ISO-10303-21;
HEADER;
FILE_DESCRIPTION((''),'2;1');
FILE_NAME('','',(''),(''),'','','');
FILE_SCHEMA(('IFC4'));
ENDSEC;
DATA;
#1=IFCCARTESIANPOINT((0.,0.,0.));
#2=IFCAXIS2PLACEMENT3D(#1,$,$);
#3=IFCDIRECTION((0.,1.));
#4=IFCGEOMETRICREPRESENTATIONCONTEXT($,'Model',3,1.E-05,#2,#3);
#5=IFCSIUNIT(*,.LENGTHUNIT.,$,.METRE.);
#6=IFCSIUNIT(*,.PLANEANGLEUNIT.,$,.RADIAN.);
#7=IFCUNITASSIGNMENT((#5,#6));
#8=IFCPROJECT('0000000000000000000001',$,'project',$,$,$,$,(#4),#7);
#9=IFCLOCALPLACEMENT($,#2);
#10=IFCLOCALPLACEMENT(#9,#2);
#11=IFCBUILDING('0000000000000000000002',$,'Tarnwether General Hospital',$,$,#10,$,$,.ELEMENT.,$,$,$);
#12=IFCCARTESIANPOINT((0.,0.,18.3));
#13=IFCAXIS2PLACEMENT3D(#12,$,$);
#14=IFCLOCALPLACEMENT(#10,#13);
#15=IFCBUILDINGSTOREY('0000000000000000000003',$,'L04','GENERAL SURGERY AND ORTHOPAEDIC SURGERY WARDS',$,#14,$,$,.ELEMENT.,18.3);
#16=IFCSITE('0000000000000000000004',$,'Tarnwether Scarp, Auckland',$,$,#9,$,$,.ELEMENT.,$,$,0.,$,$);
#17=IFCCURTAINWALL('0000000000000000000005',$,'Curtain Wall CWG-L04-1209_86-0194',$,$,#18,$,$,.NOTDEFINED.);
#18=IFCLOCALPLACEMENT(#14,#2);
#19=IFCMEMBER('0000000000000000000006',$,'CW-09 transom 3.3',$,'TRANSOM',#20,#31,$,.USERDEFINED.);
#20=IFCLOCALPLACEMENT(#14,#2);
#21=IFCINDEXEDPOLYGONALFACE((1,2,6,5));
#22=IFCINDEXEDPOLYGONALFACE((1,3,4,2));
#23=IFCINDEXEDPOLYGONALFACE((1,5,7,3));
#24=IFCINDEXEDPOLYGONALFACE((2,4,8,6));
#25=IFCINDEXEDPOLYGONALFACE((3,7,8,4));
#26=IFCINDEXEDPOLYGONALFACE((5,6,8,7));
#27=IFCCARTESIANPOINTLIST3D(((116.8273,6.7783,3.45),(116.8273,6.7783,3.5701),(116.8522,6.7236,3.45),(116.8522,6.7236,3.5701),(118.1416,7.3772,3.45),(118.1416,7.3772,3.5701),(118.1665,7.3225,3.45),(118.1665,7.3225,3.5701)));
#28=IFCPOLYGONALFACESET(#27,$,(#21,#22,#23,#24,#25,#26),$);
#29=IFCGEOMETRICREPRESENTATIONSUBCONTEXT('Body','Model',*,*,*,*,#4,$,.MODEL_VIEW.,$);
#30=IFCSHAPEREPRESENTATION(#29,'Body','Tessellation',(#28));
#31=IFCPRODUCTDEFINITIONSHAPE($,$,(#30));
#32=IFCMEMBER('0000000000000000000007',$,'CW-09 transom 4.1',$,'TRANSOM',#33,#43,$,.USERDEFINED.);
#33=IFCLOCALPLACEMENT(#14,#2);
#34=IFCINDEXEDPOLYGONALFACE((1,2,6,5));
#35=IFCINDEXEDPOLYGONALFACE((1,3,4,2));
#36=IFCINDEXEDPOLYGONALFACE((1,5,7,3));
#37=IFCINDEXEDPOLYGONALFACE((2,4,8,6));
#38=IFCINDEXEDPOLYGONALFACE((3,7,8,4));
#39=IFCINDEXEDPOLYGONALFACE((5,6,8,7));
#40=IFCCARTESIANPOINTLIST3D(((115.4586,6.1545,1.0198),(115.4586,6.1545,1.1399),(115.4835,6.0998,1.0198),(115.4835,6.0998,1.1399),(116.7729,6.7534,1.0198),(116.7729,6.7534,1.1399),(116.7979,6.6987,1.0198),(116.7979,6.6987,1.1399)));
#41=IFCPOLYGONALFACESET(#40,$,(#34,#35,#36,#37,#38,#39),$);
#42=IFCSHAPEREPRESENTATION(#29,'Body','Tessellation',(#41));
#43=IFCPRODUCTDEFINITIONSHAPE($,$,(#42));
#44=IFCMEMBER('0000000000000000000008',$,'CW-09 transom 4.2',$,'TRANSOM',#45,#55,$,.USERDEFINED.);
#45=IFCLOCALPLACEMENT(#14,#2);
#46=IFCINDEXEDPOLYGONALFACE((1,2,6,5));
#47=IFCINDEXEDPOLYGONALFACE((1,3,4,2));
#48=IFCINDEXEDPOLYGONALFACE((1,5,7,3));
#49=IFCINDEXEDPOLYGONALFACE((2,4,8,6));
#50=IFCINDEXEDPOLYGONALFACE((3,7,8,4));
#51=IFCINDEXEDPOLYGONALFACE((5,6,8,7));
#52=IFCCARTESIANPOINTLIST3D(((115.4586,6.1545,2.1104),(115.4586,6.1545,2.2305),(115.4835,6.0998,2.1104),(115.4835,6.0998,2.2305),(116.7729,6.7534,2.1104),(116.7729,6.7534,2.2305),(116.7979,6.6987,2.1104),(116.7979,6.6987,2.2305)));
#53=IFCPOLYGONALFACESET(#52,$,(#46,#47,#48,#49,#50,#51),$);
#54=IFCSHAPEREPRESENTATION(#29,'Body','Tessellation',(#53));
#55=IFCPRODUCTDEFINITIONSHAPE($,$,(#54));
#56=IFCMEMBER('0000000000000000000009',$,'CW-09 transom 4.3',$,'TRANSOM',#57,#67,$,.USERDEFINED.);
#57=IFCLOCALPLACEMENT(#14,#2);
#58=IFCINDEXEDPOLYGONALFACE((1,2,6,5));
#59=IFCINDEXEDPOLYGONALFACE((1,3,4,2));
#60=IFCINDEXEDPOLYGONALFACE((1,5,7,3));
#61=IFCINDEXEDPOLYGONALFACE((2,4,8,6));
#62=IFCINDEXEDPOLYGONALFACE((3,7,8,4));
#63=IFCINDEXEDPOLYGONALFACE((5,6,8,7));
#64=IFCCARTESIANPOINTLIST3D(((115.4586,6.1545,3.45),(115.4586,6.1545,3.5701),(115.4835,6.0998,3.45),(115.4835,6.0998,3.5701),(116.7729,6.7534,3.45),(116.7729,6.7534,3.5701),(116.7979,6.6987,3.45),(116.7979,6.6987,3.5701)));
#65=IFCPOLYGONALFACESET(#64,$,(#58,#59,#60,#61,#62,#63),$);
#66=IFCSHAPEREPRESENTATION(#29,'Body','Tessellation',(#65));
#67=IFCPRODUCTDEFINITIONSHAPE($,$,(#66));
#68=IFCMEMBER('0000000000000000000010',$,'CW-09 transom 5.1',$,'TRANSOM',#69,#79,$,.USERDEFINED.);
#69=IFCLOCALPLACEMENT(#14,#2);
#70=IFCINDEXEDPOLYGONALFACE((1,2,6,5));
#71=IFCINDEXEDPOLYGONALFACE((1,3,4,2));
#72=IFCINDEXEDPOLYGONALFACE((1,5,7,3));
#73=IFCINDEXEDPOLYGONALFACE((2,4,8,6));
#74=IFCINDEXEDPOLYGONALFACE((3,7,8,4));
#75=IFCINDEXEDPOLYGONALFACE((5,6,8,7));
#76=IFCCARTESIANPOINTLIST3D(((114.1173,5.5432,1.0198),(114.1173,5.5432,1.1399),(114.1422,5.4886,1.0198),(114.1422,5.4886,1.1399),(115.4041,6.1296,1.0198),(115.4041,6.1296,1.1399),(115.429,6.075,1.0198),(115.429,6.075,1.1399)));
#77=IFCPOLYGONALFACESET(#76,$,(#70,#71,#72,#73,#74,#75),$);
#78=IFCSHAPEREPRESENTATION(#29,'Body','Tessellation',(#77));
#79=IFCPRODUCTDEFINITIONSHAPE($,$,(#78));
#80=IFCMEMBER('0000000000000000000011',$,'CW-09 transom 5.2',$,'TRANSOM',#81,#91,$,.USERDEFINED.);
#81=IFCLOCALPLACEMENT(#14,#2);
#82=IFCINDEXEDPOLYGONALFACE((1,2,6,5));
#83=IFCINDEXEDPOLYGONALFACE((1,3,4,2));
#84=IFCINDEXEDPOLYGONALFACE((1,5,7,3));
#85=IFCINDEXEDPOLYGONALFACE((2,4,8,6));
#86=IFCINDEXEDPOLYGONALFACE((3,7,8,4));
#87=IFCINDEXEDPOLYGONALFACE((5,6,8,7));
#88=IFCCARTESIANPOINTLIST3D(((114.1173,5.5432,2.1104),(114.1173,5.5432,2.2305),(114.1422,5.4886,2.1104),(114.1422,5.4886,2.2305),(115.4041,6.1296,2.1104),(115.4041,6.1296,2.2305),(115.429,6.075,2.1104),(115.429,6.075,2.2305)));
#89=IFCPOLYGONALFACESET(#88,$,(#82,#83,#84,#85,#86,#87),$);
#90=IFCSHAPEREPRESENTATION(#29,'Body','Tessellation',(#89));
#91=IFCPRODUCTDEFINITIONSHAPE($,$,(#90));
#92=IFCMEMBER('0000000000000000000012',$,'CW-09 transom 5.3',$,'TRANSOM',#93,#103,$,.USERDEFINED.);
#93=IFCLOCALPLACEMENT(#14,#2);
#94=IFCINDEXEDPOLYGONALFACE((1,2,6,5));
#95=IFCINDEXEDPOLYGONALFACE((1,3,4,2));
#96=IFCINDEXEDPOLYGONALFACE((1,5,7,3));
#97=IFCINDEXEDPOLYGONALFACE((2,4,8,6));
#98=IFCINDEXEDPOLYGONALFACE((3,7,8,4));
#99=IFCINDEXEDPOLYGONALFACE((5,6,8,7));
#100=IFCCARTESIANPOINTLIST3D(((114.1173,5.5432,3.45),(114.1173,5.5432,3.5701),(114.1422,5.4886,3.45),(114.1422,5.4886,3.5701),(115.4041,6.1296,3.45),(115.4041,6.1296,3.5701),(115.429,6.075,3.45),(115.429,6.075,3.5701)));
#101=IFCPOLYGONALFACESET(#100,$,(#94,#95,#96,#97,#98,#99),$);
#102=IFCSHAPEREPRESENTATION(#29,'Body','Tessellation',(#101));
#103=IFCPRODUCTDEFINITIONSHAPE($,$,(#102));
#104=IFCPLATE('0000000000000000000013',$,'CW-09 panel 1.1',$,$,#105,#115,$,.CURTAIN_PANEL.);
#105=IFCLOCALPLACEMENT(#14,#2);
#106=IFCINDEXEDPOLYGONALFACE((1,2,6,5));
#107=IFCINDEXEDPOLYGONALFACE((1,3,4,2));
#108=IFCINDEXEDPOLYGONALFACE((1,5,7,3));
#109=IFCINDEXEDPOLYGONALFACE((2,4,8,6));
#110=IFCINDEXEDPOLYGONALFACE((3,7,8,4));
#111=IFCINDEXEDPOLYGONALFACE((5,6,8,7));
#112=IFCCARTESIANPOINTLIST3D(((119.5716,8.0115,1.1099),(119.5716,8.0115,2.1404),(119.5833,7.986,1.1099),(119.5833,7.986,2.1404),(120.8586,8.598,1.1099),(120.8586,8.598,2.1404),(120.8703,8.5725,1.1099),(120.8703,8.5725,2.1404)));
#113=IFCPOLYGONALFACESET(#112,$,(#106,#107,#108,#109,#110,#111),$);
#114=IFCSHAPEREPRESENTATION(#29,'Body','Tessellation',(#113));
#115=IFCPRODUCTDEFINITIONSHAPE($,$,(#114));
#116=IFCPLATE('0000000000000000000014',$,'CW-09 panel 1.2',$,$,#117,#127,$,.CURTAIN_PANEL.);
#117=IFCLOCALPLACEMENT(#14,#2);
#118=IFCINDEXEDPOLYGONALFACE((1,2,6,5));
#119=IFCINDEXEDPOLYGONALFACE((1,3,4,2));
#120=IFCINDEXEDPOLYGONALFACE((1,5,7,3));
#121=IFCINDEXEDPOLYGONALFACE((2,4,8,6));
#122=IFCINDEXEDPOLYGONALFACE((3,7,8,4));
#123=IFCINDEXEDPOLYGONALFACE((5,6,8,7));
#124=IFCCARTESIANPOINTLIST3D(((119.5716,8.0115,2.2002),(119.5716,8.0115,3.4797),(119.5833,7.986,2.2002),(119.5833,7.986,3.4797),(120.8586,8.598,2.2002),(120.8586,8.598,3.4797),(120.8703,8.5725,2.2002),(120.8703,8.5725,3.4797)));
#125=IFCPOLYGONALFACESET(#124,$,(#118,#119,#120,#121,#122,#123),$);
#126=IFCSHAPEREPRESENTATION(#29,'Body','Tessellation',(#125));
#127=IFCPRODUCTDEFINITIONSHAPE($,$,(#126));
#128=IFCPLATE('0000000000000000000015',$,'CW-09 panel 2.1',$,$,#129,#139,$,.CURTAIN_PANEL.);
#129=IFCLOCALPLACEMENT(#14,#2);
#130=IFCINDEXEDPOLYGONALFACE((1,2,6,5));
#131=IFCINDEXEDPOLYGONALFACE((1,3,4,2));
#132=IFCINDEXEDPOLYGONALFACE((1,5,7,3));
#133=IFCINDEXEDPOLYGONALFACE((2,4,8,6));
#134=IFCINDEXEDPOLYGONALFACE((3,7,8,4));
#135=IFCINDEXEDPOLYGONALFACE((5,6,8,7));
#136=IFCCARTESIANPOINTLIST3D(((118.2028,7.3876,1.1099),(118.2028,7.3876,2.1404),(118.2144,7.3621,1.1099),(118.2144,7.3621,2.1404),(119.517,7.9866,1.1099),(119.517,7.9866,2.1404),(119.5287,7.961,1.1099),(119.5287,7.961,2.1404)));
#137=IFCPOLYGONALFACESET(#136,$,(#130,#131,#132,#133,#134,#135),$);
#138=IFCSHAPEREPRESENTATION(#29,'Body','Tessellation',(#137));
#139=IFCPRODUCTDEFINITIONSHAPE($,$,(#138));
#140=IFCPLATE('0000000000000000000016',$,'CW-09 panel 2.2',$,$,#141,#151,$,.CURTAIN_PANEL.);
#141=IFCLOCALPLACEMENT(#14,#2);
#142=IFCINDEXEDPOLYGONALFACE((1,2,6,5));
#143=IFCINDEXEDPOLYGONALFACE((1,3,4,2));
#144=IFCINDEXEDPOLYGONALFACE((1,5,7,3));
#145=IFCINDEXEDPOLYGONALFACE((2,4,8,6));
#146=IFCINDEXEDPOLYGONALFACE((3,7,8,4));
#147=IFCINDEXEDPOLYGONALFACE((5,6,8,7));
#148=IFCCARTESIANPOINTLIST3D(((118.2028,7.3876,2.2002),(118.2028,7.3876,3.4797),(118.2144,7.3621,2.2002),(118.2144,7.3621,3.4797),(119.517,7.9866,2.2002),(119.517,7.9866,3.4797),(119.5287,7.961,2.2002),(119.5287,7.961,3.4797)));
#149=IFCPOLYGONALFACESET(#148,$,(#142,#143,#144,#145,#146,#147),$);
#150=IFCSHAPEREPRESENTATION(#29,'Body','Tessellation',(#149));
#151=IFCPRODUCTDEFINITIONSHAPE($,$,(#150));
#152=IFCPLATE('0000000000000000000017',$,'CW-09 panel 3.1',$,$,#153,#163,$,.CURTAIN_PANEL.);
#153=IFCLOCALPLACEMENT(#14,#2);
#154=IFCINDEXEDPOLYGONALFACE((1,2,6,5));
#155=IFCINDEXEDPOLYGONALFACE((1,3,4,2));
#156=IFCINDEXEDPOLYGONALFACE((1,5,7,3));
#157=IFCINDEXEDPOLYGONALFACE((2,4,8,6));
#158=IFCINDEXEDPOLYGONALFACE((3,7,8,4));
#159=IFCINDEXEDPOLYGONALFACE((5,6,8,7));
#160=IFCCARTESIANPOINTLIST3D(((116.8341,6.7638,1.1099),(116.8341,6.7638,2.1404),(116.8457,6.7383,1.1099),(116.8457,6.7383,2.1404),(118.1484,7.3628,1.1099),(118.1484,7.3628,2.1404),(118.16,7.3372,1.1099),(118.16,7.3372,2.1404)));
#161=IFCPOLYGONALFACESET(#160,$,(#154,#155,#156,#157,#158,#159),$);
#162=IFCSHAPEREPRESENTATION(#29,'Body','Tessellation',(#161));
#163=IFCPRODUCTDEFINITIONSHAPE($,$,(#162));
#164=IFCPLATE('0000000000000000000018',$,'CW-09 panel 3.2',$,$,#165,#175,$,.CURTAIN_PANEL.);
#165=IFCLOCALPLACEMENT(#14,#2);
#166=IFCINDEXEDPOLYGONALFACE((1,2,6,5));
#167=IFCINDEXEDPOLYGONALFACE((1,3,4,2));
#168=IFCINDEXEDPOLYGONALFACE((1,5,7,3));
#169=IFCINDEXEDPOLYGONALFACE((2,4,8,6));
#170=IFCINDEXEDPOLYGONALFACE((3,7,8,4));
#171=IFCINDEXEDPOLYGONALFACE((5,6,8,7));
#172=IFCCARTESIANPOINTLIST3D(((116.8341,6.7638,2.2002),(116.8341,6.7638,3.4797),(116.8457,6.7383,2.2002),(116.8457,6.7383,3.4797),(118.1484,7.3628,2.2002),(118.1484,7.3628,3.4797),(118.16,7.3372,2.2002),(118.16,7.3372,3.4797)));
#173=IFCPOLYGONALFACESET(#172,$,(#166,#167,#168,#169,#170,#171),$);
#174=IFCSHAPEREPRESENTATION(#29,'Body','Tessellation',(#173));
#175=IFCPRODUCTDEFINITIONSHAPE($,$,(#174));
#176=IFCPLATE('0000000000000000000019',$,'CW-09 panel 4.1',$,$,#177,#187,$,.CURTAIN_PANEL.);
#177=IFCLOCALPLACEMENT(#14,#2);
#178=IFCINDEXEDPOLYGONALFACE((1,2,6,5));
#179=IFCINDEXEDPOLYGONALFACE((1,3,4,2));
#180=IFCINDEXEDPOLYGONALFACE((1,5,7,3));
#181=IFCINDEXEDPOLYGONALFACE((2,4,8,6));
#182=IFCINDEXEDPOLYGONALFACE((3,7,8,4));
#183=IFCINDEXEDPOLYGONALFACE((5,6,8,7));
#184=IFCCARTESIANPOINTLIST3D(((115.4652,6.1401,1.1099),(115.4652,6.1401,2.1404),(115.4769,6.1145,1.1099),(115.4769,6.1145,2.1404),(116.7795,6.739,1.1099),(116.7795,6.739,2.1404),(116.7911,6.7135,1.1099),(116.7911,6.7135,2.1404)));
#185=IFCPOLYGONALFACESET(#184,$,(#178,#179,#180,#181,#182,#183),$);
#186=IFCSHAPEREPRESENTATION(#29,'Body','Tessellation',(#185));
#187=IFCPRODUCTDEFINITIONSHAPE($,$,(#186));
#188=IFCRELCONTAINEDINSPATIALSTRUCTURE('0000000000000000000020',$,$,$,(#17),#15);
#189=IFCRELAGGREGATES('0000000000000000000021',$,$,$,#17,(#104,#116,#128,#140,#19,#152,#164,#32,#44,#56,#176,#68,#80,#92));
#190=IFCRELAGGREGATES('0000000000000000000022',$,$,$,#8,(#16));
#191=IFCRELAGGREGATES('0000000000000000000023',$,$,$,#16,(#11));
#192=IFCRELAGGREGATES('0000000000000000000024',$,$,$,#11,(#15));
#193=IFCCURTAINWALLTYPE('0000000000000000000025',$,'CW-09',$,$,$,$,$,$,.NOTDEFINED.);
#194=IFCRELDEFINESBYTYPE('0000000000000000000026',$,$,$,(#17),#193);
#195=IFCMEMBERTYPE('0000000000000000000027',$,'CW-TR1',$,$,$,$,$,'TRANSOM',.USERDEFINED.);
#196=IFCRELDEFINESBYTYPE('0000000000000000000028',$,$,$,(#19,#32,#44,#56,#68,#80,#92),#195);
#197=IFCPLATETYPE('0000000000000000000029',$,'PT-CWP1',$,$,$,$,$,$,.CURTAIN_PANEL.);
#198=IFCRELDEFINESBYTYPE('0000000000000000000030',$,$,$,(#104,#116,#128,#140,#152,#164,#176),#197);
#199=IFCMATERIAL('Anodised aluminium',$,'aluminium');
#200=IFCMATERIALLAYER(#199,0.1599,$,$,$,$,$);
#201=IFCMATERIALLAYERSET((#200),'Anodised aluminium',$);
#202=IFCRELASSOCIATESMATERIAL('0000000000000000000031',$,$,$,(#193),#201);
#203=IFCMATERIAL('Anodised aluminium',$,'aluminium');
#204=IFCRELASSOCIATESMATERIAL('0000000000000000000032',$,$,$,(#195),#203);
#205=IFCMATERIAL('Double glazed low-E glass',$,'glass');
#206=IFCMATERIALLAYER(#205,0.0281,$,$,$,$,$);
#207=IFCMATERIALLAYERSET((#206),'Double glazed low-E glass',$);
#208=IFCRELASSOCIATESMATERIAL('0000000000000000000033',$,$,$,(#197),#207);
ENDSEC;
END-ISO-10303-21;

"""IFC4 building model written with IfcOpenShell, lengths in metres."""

from ifc_helpers import new_model, si_unit, direction, frame, origin, origin_2d, place, context, subcontext, project, spatial, rectangle, extrude, material, layer, layer_set, material_profile, profile_set, type_object, element, aggregate, save


model = new_model("IFC4")

# Units and contexts
model_context = context("Model", 3, precision=1e-05, world=origin(), true_north=direction((0.0, 1.0)))
body_context = subcontext(model_context, "Body", "Model", "MODEL_VIEW")
ifc_project = project(units=[si_unit("LENGTHUNIT", "METRE"), si_unit("PLANEANGLEUNIT", "RADIAN")], contexts=[model_context])

# Site, building, storey
site_placement = place(None, origin())
site = spatial("IfcSite", under=ifc_project, at=site_placement, Name="Tarnwether Scarp, Auckland", CompositionType="ELEMENT", RefElevation=0.0)
building_placement = place(site_placement, origin())
building = spatial("IfcBuilding", under=site, at=building_placement, Name="Tarnwether General Hospital", CompositionType="ELEMENT")
storey_placement = place(building_placement, frame((0.0, 0.0, 18.3)))
storey = spatial("IfcBuildingStorey", under=building, at=storey_placement, Name="L04", Description="GENERAL SURGERY AND ORTHOPAEDIC SURGERY WARDS", CompositionType="ELEMENT", Elevation=18.3)

# Curtain wall, members, plates
ifc_material_1 = material(Name="Anodised aluminium", Category="aluminium")
ifc_layer_1 = layer(ifc_material_1, 0.1599)
ifc_layer_set_1 = layer_set([ifc_layer_1], Name="Anodised aluminium")
curtain_wall_type = type_object("IfcCurtainWallType", Name="CW-09", PredefinedType="NOTDEFINED", material=ifc_layer_set_1)
curtain_wall_placement = place(storey_placement, origin())
curtain_wall = element("IfcCurtainWall", 1, at=curtain_wall_placement, inside=storey, type_object=curtain_wall_type, Name="Curtain Wall CWG-L04-1209_86-0194", PredefinedType="NOTDEFINED")
ifc_material_2 = material(Name="Anodised aluminium", Category="aluminium")
ifc_material_profile_1 = material_profile(ifc_material_2, rectangle(XDim=0.0601, YDim=0.1201, at=origin_2d()), Name="ALU-TRN-60x120")
ifc_profile_set_1 = profile_set([ifc_material_profile_1], Name="Anodised aluminium")
member_type_1 = type_object("IfcMemberType", Name="CW-TR1", ElementType="TRANSOM", PredefinedType="USERDEFINED", material=ifc_profile_set_1)
member_1_placement = place(storey_placement, frame((118.1541, 7.3499, 3.51), z_axis=(-0.909972, -0.414669, 0.0), x_axis=(0.414669, -0.909972, 0.0)))
member_1 = element("IfcMember", 2, at=member_1_placement, type_object=member_type_1, Name="CW-09 transom 3.3", ObjectType="TRANSOM", PredefinedType="USERDEFINED", context=body_context, shape_type="SweptSolid", body=[
    extrude(rectangle(XDim=0.0601, YDim=0.1201, at=origin_2d()), origin(), (0.0, 0.0, 1.0), 1.4443),
])
member_2_placement = place(storey_placement, frame((116.7854, 6.7261, 1.0798), z_axis=(-0.909972, -0.414669, 0.0), x_axis=(0.414669, -0.909972, 0.0)))
member_2 = element("IfcMember", 3, at=member_2_placement, type_object=member_type_1, Name="CW-09 transom 4.1", ObjectType="TRANSOM", PredefinedType="USERDEFINED", context=body_context, shape_type="SweptSolid", body=[
    extrude(rectangle(XDim=0.0601, YDim=0.1201, at=origin_2d()), origin(), (0.0, 0.0, 1.0), 1.4443),
])
member_3_placement = place(storey_placement, frame((116.7854, 6.7261, 2.1704), z_axis=(-0.909972, -0.414669, 0.0), x_axis=(0.414669, -0.909972, 0.0)))
member_3 = element("IfcMember", 4, at=member_3_placement, type_object=member_type_1, Name="CW-09 transom 4.2", ObjectType="TRANSOM", PredefinedType="USERDEFINED", context=body_context, shape_type="SweptSolid", body=[
    extrude(rectangle(XDim=0.0601, YDim=0.1201, at=origin_2d()), origin(), (0.0, 0.0, 1.0), 1.4443),
])
member_4_placement = place(storey_placement, frame((116.7854, 6.7261, 3.51), z_axis=(-0.909972, -0.414669, 0.0), x_axis=(0.414669, -0.909972, 0.0)))
member_4 = element("IfcMember", 5, at=member_4_placement, type_object=member_type_1, Name="CW-09 transom 4.3", ObjectType="TRANSOM", PredefinedType="USERDEFINED", context=body_context, shape_type="SweptSolid", body=[
    extrude(rectangle(XDim=0.0601, YDim=0.1201, at=origin_2d()), origin(), (0.0, 0.0, 1.0), 1.4443),
])
member_5_placement = place(storey_placement, frame((115.4165, 6.1023, 1.0798), z_axis=(-0.90997, -0.414674, 0.0), x_axis=(0.414674, -0.90997, 0.0)))
member_5 = element("IfcMember", 6, at=member_5_placement, type_object=member_type_1, Name="CW-09 transom 5.1", ObjectType="TRANSOM", PredefinedType="USERDEFINED", context=body_context, shape_type="SweptSolid", body=[
    extrude(rectangle(XDim=0.0601, YDim=0.1201, at=origin_2d()), origin(), (0.0, 0.0, 1.0), 1.4141),
])
member_6_placement = place(storey_placement, frame((115.4165, 6.1023, 2.1704), z_axis=(-0.90997, -0.414674, 0.0), x_axis=(0.414674, -0.90997, 0.0)))
member_6 = element("IfcMember", 7, at=member_6_placement, type_object=member_type_1, Name="CW-09 transom 5.2", ObjectType="TRANSOM", PredefinedType="USERDEFINED", context=body_context, shape_type="SweptSolid", body=[
    extrude(rectangle(XDim=0.0601, YDim=0.1201, at=origin_2d()), origin(), (0.0, 0.0, 1.0), 1.4141),
])
member_7_placement = place(storey_placement, frame((115.4165, 6.1023, 3.51), z_axis=(-0.90997, -0.414674, 0.0), x_axis=(0.414674, -0.90997, 0.0)))
member_7 = element("IfcMember", 8, at=member_7_placement, type_object=member_type_1, Name="CW-09 transom 5.3", ObjectType="TRANSOM", PredefinedType="USERDEFINED", context=body_context, shape_type="SweptSolid", body=[
    extrude(rectangle(XDim=0.0601, YDim=0.1201, at=origin_2d()), origin(), (0.0, 0.0, 1.0), 1.4141),
])
ifc_material_3 = material(Name="Double glazed low-E glass", Category="glass")
ifc_layer_2 = layer(ifc_material_3, 0.0281)
ifc_layer_set_2 = layer_set([ifc_layer_2], Name="Double glazed low-E glass")
plate_type = type_object("IfcPlateType", Name="PT-CWP1", PredefinedType="CURTAIN_PANEL", material=ifc_layer_set_2)
plate_1_placement = place(storey_placement, frame((120.2209, 8.292, 1.1099), z_axis=(0.0, 0.0, 1.0), x_axis=(-0.909961, -0.414694, 0.0)))
plate_1 = element("IfcPlate", 9, at=plate_1_placement, type_object=plate_type, Name="CW-09 panel 1.1", PredefinedType="CURTAIN_PANEL", context=body_context, shape_type="SweptSolid", body=[
    extrude(rectangle(XDim=1.4143, YDim=0.0281, at=origin_2d()), origin(), (0.0, 0.0, 1.0), 1.0305),
])
plate_2_placement = place(storey_placement, frame((120.2209, 8.292, 2.2002), z_axis=(0.0, 0.0, 1.0), x_axis=(-0.909961, -0.414694, 0.0)))
plate_2 = element("IfcPlate", 10, at=plate_2_placement, type_object=plate_type, Name="CW-09 panel 1.2", PredefinedType="CURTAIN_PANEL", context=body_context, shape_type="SweptSolid", body=[
    extrude(rectangle(XDim=1.4143, YDim=0.0281, at=origin_2d()), origin(), (0.0, 0.0, 1.0), 1.2795),
])
plate_3_placement = place(storey_placement, frame((118.8657, 7.6743, 1.1099), z_axis=(0.0, 0.0, 1.0), x_axis=(-0.909961, -0.414694, 0.0)))
plate_3 = element("IfcPlate", 11, at=plate_3_placement, type_object=plate_type, Name="CW-09 panel 2.1", PredefinedType="CURTAIN_PANEL", context=body_context, shape_type="SweptSolid", body=[
    extrude(rectangle(XDim=1.4443, YDim=0.0281, at=origin_2d()), origin(), (0.0, 0.0, 1.0), 1.0305),
])
plate_4_placement = place(storey_placement, frame((118.8657, 7.6743, 2.2002), z_axis=(0.0, 0.0, 1.0), x_axis=(-0.909961, -0.414694, 0.0)))
plate_4 = element("IfcPlate", 12, at=plate_4_placement, type_object=plate_type, Name="CW-09 panel 2.2", PredefinedType="CURTAIN_PANEL", context=body_context, shape_type="SweptSolid", body=[
    extrude(rectangle(XDim=1.4443, YDim=0.0281, at=origin_2d()), origin(), (0.0, 0.0, 1.0), 1.2795),
])
plate_5_placement = place(storey_placement, frame((117.4971, 7.0505, 1.1099), z_axis=(0.0, 0.0, 1.0), x_axis=(-0.909961, -0.414694, 0.0)))
plate_5 = element("IfcPlate", 13, at=plate_5_placement, type_object=plate_type, Name="CW-09 panel 3.1", PredefinedType="CURTAIN_PANEL", context=body_context, shape_type="SweptSolid", body=[
    extrude(rectangle(XDim=1.4443, YDim=0.0281, at=origin_2d()), origin(), (0.0, 0.0, 1.0), 1.0305),
])
plate_6_placement = place(storey_placement, frame((117.4971, 7.0505, 2.2002), z_axis=(0.0, 0.0, 1.0), x_axis=(-0.909961, -0.414694, 0.0)))
plate_6 = element("IfcPlate", 14, at=plate_6_placement, type_object=plate_type, Name="CW-09 panel 3.2", PredefinedType="CURTAIN_PANEL", context=body_context, shape_type="SweptSolid", body=[
    extrude(rectangle(XDim=1.4443, YDim=0.0281, at=origin_2d()), origin(), (0.0, 0.0, 1.0), 1.2795),
])
plate_7_placement = place(storey_placement, frame((116.1282, 6.4268, 1.1099), z_axis=(0.0, 0.0, 1.0), x_axis=(-0.909961, -0.414694, 0.0)))
plate_7 = element("IfcPlate", 15, at=plate_7_placement, type_object=plate_type, Name="CW-09 panel 4.1", PredefinedType="CURTAIN_PANEL", context=body_context, shape_type="SweptSolid", body=[
    extrude(rectangle(XDim=1.4443, YDim=0.0281, at=origin_2d()), origin(), (0.0, 0.0, 1.0), 1.0305),
])
aggregate(curtain_wall, [plate_1, plate_2, plate_3, plate_4, member_1, plate_5, plate_6, member_2, member_3, member_4, plate_7, member_5, member_6, member_7])

save(model, "model.ifc")
